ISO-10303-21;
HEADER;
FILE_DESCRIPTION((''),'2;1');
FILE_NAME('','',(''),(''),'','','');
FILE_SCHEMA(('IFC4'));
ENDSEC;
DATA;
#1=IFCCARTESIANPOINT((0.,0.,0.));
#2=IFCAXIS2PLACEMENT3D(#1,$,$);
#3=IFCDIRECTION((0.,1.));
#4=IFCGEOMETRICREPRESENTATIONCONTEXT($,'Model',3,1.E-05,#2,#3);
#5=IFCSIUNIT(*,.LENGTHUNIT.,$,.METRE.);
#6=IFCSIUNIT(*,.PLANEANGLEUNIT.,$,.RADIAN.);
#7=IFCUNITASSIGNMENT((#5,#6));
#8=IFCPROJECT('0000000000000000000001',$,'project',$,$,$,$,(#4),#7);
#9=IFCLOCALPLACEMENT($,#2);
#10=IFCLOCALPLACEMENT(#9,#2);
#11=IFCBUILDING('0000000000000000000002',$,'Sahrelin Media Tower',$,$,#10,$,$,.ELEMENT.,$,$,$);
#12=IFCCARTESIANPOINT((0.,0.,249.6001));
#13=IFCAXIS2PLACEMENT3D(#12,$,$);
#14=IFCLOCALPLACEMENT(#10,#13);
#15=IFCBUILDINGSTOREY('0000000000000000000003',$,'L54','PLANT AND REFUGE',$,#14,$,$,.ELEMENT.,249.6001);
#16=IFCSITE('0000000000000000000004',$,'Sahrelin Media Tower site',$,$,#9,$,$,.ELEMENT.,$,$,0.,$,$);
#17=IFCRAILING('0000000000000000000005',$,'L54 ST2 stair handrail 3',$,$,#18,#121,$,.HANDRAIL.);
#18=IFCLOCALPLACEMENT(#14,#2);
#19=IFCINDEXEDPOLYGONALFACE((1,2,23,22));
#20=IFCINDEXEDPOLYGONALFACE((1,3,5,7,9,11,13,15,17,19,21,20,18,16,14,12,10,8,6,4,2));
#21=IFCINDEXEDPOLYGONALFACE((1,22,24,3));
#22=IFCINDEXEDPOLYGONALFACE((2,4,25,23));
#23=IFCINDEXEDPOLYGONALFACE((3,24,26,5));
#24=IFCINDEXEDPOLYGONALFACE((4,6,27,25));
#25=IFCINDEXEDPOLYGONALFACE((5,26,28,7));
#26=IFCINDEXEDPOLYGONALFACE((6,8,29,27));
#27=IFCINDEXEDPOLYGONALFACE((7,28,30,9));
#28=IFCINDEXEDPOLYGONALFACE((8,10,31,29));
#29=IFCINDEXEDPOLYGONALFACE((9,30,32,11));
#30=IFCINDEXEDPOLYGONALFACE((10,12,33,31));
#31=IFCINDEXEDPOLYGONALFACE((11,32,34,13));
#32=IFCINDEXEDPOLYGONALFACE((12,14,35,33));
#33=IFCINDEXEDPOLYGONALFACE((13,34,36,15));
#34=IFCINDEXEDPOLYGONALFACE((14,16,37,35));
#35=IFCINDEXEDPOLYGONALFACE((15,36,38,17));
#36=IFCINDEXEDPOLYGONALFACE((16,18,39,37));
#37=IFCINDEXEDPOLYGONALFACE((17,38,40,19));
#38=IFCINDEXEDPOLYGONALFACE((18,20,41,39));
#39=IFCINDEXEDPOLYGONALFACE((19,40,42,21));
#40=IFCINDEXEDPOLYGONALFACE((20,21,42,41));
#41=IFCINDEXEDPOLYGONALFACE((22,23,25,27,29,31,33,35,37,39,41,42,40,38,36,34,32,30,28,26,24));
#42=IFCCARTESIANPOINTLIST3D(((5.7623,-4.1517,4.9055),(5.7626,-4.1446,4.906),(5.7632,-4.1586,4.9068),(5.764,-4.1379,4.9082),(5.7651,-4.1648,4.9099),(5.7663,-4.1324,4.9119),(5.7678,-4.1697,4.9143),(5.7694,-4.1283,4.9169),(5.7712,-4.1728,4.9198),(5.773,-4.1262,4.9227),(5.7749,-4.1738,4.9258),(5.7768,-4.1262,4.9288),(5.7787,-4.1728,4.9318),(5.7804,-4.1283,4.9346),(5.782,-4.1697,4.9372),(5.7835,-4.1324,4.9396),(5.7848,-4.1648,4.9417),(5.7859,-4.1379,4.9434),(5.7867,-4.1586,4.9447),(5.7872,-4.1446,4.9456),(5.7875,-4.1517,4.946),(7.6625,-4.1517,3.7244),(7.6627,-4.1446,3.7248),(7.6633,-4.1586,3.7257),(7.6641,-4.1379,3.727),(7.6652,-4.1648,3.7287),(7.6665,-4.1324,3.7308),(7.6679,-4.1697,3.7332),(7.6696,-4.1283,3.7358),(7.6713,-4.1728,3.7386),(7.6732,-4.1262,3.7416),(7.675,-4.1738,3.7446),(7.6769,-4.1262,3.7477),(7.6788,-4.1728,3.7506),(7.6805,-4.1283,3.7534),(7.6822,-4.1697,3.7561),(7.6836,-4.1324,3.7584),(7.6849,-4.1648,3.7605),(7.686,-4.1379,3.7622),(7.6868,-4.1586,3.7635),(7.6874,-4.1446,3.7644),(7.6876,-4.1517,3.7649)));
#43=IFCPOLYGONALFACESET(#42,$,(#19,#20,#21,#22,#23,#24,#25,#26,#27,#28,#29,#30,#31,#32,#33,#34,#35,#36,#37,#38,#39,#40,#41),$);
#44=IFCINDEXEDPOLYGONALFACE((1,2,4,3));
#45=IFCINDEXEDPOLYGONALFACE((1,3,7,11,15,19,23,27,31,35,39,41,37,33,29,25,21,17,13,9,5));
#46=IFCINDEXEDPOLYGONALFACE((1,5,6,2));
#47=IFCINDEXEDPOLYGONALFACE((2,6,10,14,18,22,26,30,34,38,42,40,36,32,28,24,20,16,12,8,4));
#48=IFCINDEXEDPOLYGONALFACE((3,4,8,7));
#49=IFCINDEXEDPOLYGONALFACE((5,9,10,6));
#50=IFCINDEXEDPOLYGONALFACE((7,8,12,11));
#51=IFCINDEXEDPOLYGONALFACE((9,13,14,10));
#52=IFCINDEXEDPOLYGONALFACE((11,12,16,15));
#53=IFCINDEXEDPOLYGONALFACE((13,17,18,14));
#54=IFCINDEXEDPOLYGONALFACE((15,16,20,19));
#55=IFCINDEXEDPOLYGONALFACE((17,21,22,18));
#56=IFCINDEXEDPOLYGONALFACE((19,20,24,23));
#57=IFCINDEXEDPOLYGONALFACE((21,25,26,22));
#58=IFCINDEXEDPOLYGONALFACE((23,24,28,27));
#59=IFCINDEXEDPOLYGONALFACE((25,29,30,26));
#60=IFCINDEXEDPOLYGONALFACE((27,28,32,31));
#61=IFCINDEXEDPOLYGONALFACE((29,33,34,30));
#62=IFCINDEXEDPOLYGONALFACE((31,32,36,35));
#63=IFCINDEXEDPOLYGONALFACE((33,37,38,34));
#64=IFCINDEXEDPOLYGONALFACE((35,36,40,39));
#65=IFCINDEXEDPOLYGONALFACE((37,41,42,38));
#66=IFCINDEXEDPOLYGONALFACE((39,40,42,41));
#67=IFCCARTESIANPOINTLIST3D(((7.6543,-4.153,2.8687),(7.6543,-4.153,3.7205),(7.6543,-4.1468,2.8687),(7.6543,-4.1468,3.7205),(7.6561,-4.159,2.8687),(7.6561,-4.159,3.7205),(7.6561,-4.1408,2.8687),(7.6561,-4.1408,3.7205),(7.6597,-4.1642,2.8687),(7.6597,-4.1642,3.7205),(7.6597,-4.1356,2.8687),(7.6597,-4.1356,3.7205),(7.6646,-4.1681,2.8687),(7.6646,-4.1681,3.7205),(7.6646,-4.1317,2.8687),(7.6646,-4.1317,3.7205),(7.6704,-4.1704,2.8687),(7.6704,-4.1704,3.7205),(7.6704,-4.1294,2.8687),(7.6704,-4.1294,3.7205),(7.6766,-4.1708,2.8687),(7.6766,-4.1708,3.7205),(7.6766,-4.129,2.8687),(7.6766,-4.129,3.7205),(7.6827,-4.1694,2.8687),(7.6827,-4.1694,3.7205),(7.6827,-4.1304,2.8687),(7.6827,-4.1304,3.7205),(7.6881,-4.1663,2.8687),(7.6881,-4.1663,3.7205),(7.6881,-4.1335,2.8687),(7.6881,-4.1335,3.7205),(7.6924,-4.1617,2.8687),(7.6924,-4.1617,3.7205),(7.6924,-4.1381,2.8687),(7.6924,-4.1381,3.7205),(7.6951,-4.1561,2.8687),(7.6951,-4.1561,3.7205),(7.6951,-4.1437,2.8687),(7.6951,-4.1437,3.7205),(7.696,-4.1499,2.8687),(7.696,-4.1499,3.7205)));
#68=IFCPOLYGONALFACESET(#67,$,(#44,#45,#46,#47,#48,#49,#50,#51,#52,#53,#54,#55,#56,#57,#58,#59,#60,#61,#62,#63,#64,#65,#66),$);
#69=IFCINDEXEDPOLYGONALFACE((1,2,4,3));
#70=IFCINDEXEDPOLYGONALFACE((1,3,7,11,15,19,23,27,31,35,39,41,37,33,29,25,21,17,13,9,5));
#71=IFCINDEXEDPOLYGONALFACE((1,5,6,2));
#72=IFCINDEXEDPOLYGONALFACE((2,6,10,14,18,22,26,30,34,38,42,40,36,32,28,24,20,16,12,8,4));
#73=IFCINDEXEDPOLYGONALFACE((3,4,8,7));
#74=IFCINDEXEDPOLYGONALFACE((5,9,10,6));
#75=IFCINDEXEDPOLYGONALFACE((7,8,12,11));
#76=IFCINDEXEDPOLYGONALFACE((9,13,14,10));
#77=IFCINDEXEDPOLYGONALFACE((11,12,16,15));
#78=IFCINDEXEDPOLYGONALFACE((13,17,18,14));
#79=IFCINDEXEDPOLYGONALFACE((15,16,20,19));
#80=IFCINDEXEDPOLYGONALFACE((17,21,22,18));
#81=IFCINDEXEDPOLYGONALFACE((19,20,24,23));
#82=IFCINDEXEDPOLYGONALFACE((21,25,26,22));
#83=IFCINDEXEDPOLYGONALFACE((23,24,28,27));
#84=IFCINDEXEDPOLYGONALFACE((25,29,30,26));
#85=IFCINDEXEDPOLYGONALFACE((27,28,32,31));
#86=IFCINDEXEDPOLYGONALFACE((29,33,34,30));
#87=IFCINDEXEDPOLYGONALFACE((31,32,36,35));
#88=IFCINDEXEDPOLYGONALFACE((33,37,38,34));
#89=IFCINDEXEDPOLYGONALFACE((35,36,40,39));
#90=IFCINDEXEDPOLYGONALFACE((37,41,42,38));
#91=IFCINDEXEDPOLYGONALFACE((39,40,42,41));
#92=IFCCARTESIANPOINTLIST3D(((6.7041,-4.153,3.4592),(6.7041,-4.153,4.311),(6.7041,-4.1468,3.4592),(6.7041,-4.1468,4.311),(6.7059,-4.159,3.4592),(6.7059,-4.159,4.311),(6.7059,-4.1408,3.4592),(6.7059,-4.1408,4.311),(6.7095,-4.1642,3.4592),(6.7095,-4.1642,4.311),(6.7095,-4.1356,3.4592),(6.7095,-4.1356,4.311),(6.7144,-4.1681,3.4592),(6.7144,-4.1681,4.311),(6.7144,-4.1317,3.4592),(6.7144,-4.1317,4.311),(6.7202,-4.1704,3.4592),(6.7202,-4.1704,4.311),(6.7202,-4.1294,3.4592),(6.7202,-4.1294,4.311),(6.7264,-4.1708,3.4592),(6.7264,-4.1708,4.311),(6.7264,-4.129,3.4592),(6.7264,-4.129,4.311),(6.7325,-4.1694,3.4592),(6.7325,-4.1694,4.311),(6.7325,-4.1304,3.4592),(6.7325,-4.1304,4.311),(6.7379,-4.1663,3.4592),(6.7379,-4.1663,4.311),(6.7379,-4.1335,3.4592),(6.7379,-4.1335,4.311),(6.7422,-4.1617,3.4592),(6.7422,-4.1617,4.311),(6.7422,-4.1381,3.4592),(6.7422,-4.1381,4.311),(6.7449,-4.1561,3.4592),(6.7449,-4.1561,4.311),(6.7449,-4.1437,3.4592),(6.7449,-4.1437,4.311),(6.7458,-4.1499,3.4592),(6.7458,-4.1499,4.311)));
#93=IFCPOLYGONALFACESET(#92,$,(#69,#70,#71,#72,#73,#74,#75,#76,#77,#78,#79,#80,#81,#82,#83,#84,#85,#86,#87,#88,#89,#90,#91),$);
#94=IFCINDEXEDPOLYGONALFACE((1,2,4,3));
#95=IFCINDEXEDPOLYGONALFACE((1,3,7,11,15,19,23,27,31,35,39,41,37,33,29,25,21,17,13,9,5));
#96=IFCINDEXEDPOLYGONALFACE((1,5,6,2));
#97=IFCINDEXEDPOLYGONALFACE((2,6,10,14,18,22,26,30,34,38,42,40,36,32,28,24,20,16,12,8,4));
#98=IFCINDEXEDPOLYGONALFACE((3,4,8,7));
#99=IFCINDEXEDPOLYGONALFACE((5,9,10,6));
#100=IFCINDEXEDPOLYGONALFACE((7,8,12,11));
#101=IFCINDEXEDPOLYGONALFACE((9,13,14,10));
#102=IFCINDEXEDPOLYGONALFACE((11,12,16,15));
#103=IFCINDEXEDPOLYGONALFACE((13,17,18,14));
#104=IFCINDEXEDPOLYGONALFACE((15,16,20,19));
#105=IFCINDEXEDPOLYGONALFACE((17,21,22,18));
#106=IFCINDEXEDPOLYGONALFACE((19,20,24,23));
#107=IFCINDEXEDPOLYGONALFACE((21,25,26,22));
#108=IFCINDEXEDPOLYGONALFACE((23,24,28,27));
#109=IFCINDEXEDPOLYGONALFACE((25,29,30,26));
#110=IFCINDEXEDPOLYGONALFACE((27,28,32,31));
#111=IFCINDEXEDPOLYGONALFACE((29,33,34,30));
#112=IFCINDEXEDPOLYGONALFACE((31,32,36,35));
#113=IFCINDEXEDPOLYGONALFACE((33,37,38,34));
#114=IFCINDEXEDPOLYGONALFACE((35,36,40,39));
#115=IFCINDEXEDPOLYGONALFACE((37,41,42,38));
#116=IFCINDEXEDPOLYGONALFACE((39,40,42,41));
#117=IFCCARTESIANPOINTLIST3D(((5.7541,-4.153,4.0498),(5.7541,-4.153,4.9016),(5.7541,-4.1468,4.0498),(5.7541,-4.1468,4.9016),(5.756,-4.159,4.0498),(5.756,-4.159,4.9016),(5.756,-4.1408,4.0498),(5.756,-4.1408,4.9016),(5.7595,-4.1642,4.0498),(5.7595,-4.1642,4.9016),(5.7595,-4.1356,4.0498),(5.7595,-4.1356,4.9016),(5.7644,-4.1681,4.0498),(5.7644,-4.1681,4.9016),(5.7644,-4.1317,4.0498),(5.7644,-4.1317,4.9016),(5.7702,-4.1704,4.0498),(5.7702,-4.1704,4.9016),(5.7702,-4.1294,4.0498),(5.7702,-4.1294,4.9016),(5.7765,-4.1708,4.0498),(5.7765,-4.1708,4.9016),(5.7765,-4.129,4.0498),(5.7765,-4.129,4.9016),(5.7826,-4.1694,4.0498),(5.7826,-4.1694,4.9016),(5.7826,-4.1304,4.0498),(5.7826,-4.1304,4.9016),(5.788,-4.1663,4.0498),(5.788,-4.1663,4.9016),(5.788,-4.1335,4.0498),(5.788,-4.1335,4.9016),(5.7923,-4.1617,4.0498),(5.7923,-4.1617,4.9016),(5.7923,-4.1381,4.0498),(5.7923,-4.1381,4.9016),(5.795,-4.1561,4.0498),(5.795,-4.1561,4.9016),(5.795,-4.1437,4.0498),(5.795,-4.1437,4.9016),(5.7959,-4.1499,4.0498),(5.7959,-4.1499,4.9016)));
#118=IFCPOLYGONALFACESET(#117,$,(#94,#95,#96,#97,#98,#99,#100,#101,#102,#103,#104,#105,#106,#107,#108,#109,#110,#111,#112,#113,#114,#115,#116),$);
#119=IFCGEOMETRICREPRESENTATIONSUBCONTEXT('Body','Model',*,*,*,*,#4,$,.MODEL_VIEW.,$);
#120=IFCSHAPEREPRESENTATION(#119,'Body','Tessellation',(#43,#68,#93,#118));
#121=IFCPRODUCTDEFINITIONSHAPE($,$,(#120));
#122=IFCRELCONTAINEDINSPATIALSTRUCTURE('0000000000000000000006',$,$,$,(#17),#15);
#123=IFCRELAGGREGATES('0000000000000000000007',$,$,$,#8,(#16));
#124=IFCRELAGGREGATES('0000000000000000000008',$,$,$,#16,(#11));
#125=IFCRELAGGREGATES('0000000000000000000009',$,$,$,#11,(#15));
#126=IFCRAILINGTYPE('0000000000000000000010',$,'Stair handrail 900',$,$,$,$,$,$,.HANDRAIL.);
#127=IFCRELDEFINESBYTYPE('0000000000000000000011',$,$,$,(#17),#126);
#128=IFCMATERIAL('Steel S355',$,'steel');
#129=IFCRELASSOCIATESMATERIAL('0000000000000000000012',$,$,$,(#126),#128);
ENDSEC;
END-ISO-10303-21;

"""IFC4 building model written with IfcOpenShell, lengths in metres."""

from ifc_helpers import new_model, si_unit, direction, frame, origin, origin_2d, place, context, subcontext, project, spatial, circle, extrude, material, type_object, element, save


model = new_model("IFC4")

# Units and contexts
model_context = context("Model", 3, precision=1e-05, world=origin(), true_north=direction((0.0, 1.0)))
body_context = subcontext(model_context, "Body", "Model", "MODEL_VIEW")
ifc_project = project(units=[si_unit("LENGTHUNIT", "METRE"), si_unit("PLANEANGLEUNIT", "RADIAN")], contexts=[model_context])

# Site, building, storey
site_placement = place(None, origin())
site = spatial("IfcSite", under=ifc_project, at=site_placement, Name="Sahrelin Media Tower site", CompositionType="ELEMENT", RefElevation=0.0)
building_placement = place(site_placement, origin())
building = spatial("IfcBuilding", under=site, at=building_placement, Name="Sahrelin Media Tower", CompositionType="ELEMENT")
storey_placement = place(building_placement, frame((0.0, 0.0, 249.6001)))
storey = spatial("IfcBuildingStorey", under=building, at=storey_placement, Name="L54", Description="PLANT AND REFUGE", CompositionType="ELEMENT", Elevation=249.6001)

# Shared definitions
ifc_material_1 = material(Name="Steel S355", Category="steel")

# Railing
railing_type_1 = type_object("IfcRailingType", Name="Stair handrail 900", PredefinedType="HANDRAIL", material=ifc_material_1)
for number, where, name in (
    (1, (7.675, -4.1499, 2.8687), "L54 ST2 stair handrail 3"),
):
    element("IfcRailing", number, at=place(storey_placement, frame(where)), inside=storey, type_object=railing_type_1, Name=name, PredefinedType="HANDRAIL", context=body_context, shape_type="SweptSolid", body=[
        extrude(circle(Radius=0.0239, at=origin_2d()), frame((0.0, 0.0, 0.876), z_axis=(-0.849289, 0.0, 0.527928), x_axis=(0.0, -1.0, 0.0)), (0.0, 0.0, 1.0), 2.2373),
        extrude(circle(Radius=0.021, at=origin_2d()), origin(), (0.0, 0.0, 1.0), 0.8518),
        extrude(circle(Radius=0.021, at=origin_2d()), frame((-0.9502, 0.0, 0.5906)), (0.0, 0.0, 1.0), 0.8518),
        extrude(circle(Radius=0.021, at=origin_2d()), frame((-1.9001, 0.0, 1.1812)), (0.0, 0.0, 1.0), 0.8518),
    ])

save(model, "model.ifc")
